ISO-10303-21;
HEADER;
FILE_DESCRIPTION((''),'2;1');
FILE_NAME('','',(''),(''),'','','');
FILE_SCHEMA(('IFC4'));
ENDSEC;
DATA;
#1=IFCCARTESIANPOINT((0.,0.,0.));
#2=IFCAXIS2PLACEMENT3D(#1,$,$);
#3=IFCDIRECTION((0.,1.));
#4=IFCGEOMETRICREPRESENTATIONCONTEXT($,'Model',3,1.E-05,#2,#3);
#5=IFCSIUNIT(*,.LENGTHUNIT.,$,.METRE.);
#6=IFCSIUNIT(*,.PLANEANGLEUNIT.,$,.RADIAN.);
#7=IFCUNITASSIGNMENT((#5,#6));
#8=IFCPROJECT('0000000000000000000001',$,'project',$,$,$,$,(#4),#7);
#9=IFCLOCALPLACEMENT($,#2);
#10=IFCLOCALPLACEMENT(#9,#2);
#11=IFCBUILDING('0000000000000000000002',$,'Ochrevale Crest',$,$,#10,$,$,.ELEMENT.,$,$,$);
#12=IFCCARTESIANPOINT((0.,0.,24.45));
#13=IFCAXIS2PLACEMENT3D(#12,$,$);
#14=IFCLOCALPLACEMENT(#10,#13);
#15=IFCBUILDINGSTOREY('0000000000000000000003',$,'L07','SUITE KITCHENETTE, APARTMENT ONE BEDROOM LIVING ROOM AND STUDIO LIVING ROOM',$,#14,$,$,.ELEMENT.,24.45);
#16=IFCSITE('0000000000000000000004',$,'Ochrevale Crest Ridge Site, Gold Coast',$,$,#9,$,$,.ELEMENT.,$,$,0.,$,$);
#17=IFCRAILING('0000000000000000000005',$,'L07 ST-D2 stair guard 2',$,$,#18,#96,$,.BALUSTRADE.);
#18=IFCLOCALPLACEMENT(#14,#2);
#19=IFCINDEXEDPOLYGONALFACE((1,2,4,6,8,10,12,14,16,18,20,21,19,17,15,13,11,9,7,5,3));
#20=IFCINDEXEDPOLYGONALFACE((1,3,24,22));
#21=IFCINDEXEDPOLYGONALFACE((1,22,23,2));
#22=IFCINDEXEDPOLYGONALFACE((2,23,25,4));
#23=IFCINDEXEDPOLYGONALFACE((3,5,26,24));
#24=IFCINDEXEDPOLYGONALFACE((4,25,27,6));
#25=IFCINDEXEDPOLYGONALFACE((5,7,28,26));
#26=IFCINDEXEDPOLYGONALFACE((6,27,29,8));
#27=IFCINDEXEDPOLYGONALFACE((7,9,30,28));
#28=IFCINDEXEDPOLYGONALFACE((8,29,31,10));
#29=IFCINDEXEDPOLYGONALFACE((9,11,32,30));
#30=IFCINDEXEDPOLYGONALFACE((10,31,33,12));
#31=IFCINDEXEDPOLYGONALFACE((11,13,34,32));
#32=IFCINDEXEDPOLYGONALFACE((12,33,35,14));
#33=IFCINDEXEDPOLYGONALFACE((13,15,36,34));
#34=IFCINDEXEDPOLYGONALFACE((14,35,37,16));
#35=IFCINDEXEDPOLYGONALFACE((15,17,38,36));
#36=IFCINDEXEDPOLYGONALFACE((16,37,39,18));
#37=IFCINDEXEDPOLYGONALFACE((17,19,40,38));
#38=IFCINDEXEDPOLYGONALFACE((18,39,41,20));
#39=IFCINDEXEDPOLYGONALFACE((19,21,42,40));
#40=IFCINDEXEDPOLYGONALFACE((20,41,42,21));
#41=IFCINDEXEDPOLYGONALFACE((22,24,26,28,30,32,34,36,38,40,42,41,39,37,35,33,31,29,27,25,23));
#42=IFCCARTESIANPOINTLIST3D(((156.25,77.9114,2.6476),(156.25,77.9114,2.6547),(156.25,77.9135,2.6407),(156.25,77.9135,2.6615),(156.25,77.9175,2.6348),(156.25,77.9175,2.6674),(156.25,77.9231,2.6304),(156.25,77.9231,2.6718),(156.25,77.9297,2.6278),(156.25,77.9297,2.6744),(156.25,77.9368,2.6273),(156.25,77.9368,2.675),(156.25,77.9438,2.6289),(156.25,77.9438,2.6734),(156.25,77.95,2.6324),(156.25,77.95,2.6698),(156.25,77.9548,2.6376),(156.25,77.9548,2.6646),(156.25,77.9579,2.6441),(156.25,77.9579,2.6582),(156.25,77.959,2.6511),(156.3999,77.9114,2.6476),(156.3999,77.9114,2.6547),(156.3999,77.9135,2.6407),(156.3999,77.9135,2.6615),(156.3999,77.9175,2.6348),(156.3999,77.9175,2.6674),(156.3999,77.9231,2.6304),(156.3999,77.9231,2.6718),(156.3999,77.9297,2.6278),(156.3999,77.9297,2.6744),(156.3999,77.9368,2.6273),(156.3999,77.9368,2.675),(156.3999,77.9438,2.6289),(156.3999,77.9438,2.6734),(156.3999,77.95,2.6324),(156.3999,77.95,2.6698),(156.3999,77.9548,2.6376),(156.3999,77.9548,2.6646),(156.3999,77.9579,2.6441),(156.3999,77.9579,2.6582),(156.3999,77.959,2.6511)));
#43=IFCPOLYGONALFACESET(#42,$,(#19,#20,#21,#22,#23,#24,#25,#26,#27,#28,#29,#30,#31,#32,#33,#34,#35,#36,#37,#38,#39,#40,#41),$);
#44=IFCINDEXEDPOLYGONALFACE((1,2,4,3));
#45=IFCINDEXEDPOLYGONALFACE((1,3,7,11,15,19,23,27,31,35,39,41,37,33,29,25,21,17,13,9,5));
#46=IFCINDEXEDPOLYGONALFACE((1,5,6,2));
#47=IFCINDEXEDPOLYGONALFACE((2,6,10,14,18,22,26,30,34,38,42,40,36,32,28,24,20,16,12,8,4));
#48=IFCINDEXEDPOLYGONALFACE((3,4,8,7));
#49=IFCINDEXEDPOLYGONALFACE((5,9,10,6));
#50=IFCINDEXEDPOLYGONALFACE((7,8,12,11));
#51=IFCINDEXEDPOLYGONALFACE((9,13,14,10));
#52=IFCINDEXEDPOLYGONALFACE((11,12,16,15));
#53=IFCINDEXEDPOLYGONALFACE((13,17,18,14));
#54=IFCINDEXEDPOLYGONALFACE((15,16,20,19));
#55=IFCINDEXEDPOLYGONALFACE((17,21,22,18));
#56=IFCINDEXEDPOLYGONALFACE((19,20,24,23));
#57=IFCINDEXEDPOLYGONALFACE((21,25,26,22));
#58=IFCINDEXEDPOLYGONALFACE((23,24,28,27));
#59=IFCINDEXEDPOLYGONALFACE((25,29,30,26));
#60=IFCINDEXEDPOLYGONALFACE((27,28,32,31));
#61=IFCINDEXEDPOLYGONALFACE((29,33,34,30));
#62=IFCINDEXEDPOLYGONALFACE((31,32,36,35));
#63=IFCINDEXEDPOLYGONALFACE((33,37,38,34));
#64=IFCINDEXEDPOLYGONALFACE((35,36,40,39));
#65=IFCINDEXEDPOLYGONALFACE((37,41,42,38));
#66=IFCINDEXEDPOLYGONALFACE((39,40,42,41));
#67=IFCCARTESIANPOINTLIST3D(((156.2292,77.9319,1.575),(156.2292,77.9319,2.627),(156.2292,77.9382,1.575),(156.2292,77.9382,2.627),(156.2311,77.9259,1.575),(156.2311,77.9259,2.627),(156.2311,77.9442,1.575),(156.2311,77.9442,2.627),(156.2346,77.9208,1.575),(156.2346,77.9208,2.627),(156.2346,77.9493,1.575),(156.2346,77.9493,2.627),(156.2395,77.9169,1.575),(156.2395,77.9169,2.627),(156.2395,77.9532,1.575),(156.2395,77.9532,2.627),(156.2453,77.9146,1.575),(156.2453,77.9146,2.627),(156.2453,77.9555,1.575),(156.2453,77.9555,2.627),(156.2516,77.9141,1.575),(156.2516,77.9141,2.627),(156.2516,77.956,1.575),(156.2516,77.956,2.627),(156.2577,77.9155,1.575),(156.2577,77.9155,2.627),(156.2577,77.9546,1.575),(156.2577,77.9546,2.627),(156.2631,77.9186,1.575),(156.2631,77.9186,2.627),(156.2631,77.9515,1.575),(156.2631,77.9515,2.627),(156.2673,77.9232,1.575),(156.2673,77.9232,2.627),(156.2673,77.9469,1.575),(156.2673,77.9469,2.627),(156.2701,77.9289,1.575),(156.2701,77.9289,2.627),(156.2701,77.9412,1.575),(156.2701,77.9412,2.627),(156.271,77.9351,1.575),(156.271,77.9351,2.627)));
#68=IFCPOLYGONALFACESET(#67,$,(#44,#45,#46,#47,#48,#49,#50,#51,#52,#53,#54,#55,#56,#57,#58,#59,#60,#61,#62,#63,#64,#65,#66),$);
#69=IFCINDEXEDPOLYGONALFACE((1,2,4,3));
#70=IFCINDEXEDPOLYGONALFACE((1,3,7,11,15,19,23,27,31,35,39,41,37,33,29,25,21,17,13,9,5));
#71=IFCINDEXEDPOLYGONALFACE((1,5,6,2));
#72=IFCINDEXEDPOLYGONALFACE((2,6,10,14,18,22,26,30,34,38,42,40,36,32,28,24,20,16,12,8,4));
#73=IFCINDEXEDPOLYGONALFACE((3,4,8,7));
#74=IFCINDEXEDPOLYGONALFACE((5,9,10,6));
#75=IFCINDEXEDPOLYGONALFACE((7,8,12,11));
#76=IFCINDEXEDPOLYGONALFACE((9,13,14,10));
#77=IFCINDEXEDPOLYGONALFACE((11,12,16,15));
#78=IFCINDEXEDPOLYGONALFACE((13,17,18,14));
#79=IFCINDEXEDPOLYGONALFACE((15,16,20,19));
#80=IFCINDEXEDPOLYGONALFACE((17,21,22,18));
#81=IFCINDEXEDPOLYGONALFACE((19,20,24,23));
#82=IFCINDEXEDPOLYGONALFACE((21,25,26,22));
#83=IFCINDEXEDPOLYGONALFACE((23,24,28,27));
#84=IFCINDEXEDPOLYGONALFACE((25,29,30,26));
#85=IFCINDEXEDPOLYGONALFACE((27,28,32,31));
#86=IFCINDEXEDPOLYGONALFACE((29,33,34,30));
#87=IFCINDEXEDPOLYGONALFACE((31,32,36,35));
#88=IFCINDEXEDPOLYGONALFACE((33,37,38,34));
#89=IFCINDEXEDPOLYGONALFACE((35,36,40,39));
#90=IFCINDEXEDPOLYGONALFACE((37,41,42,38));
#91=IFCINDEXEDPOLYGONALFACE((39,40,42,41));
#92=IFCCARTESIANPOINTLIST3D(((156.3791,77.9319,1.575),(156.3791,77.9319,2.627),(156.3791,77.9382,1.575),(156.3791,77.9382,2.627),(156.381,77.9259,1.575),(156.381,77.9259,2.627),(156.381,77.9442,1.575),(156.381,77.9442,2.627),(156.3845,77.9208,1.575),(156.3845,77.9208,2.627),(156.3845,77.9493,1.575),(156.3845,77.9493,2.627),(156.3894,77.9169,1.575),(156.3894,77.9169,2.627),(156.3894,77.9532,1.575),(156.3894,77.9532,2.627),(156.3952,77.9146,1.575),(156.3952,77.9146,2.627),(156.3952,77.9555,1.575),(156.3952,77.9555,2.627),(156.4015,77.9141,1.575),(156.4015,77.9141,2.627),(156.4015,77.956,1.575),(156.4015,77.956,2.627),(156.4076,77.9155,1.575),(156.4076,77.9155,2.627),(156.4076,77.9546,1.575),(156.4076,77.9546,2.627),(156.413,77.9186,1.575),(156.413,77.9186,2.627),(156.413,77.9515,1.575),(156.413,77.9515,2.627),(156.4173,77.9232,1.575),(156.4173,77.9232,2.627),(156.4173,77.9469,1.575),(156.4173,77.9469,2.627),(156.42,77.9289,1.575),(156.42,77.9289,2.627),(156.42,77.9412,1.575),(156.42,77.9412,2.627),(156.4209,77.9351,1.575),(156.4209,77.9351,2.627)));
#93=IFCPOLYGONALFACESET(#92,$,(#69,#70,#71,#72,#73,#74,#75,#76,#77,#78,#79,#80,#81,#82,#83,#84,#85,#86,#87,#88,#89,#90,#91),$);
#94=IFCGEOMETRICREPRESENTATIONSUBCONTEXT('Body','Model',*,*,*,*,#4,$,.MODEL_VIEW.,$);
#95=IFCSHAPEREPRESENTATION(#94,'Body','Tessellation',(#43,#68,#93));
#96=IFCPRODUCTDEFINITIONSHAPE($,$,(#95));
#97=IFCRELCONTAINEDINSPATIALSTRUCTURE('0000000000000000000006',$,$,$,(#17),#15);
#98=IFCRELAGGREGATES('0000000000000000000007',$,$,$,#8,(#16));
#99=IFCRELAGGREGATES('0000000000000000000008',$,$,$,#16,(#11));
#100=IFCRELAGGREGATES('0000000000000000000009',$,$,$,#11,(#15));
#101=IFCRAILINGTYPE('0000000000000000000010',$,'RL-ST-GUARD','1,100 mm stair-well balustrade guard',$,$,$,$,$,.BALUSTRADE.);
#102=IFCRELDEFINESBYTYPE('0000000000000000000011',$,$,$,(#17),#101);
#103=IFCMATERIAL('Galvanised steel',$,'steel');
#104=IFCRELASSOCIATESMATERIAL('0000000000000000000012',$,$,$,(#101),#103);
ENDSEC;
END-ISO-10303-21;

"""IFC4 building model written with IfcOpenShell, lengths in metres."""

from ifc_helpers import new_model, si_unit, direction, frame, origin, origin_2d, place, context, subcontext, project, spatial, circle, extrude, material, type_object, element, save


model = new_model("IFC4")

# Units and contexts
model_context = context("Model", 3, precision=1e-05, world=origin(), true_north=direction((0.0, 1.0)))
body_context = subcontext(model_context, "Body", "Model", "MODEL_VIEW")
ifc_project = project(units=[si_unit("LENGTHUNIT", "METRE"), si_unit("PLANEANGLEUNIT", "RADIAN")], contexts=[model_context])

# Site, building, storey
site_placement = place(None, origin())
site = spatial("IfcSite", under=ifc_project, at=site_placement, Name="Ochrevale Crest Ridge Site, Gold Coast", CompositionType="ELEMENT", RefElevation=0.0)
building_placement = place(site_placement, origin())
building = spatial("IfcBuilding", under=site, at=building_placement, Name="Ochrevale Crest", CompositionType="ELEMENT")
storey_placement = place(building_placement, frame((0.0, 0.0, 24.45)))
storey = spatial("IfcBuildingStorey", under=building, at=storey_placement, Name="L07", Description="SUITE KITCHENETTE, APARTMENT ONE BEDROOM LIVING ROOM AND STUDIO LIVING ROOM", CompositionType="ELEMENT", Elevation=24.45)

# Railing
ifc_material_1 = material(Name="Galvanised steel", Category="steel")
railing_type_1 = type_object("IfcRailingType", Name="RL-ST-GUARD", Description="1,100 mm stair-well balustrade guard", PredefinedType="BALUSTRADE", material=ifc_material_1)
railing_1_placement = place(storey_placement, frame((156.25, 77.9351, 1.575)))
element("IfcRailing", 1, at=railing_1_placement, inside=storey, type_object=railing_type_1, Name="L07 ST-D2 stair guard 2", PredefinedType="BALUSTRADE", context=body_context, shape_type="SweptSolid", body=[
    extrude(circle(Radius=0.0239, at=origin_2d()), frame((0.0, 0.0, 1.0762), z_axis=(1.0, 0.0, 0.0), x_axis=(0.0, 1.0, 0.0)), (0.0, 0.0, 1.0), 0.1499),
    extrude(circle(Radius=0.021, at=origin_2d()), origin(), (0.0, 0.0, 1.0), 1.052),
    extrude(circle(Radius=0.021, at=origin_2d()), frame((0.1499, 0.0, 0.0)), (0.0, 0.0, 1.0), 1.052),
])

save(model, "model.ifc")
